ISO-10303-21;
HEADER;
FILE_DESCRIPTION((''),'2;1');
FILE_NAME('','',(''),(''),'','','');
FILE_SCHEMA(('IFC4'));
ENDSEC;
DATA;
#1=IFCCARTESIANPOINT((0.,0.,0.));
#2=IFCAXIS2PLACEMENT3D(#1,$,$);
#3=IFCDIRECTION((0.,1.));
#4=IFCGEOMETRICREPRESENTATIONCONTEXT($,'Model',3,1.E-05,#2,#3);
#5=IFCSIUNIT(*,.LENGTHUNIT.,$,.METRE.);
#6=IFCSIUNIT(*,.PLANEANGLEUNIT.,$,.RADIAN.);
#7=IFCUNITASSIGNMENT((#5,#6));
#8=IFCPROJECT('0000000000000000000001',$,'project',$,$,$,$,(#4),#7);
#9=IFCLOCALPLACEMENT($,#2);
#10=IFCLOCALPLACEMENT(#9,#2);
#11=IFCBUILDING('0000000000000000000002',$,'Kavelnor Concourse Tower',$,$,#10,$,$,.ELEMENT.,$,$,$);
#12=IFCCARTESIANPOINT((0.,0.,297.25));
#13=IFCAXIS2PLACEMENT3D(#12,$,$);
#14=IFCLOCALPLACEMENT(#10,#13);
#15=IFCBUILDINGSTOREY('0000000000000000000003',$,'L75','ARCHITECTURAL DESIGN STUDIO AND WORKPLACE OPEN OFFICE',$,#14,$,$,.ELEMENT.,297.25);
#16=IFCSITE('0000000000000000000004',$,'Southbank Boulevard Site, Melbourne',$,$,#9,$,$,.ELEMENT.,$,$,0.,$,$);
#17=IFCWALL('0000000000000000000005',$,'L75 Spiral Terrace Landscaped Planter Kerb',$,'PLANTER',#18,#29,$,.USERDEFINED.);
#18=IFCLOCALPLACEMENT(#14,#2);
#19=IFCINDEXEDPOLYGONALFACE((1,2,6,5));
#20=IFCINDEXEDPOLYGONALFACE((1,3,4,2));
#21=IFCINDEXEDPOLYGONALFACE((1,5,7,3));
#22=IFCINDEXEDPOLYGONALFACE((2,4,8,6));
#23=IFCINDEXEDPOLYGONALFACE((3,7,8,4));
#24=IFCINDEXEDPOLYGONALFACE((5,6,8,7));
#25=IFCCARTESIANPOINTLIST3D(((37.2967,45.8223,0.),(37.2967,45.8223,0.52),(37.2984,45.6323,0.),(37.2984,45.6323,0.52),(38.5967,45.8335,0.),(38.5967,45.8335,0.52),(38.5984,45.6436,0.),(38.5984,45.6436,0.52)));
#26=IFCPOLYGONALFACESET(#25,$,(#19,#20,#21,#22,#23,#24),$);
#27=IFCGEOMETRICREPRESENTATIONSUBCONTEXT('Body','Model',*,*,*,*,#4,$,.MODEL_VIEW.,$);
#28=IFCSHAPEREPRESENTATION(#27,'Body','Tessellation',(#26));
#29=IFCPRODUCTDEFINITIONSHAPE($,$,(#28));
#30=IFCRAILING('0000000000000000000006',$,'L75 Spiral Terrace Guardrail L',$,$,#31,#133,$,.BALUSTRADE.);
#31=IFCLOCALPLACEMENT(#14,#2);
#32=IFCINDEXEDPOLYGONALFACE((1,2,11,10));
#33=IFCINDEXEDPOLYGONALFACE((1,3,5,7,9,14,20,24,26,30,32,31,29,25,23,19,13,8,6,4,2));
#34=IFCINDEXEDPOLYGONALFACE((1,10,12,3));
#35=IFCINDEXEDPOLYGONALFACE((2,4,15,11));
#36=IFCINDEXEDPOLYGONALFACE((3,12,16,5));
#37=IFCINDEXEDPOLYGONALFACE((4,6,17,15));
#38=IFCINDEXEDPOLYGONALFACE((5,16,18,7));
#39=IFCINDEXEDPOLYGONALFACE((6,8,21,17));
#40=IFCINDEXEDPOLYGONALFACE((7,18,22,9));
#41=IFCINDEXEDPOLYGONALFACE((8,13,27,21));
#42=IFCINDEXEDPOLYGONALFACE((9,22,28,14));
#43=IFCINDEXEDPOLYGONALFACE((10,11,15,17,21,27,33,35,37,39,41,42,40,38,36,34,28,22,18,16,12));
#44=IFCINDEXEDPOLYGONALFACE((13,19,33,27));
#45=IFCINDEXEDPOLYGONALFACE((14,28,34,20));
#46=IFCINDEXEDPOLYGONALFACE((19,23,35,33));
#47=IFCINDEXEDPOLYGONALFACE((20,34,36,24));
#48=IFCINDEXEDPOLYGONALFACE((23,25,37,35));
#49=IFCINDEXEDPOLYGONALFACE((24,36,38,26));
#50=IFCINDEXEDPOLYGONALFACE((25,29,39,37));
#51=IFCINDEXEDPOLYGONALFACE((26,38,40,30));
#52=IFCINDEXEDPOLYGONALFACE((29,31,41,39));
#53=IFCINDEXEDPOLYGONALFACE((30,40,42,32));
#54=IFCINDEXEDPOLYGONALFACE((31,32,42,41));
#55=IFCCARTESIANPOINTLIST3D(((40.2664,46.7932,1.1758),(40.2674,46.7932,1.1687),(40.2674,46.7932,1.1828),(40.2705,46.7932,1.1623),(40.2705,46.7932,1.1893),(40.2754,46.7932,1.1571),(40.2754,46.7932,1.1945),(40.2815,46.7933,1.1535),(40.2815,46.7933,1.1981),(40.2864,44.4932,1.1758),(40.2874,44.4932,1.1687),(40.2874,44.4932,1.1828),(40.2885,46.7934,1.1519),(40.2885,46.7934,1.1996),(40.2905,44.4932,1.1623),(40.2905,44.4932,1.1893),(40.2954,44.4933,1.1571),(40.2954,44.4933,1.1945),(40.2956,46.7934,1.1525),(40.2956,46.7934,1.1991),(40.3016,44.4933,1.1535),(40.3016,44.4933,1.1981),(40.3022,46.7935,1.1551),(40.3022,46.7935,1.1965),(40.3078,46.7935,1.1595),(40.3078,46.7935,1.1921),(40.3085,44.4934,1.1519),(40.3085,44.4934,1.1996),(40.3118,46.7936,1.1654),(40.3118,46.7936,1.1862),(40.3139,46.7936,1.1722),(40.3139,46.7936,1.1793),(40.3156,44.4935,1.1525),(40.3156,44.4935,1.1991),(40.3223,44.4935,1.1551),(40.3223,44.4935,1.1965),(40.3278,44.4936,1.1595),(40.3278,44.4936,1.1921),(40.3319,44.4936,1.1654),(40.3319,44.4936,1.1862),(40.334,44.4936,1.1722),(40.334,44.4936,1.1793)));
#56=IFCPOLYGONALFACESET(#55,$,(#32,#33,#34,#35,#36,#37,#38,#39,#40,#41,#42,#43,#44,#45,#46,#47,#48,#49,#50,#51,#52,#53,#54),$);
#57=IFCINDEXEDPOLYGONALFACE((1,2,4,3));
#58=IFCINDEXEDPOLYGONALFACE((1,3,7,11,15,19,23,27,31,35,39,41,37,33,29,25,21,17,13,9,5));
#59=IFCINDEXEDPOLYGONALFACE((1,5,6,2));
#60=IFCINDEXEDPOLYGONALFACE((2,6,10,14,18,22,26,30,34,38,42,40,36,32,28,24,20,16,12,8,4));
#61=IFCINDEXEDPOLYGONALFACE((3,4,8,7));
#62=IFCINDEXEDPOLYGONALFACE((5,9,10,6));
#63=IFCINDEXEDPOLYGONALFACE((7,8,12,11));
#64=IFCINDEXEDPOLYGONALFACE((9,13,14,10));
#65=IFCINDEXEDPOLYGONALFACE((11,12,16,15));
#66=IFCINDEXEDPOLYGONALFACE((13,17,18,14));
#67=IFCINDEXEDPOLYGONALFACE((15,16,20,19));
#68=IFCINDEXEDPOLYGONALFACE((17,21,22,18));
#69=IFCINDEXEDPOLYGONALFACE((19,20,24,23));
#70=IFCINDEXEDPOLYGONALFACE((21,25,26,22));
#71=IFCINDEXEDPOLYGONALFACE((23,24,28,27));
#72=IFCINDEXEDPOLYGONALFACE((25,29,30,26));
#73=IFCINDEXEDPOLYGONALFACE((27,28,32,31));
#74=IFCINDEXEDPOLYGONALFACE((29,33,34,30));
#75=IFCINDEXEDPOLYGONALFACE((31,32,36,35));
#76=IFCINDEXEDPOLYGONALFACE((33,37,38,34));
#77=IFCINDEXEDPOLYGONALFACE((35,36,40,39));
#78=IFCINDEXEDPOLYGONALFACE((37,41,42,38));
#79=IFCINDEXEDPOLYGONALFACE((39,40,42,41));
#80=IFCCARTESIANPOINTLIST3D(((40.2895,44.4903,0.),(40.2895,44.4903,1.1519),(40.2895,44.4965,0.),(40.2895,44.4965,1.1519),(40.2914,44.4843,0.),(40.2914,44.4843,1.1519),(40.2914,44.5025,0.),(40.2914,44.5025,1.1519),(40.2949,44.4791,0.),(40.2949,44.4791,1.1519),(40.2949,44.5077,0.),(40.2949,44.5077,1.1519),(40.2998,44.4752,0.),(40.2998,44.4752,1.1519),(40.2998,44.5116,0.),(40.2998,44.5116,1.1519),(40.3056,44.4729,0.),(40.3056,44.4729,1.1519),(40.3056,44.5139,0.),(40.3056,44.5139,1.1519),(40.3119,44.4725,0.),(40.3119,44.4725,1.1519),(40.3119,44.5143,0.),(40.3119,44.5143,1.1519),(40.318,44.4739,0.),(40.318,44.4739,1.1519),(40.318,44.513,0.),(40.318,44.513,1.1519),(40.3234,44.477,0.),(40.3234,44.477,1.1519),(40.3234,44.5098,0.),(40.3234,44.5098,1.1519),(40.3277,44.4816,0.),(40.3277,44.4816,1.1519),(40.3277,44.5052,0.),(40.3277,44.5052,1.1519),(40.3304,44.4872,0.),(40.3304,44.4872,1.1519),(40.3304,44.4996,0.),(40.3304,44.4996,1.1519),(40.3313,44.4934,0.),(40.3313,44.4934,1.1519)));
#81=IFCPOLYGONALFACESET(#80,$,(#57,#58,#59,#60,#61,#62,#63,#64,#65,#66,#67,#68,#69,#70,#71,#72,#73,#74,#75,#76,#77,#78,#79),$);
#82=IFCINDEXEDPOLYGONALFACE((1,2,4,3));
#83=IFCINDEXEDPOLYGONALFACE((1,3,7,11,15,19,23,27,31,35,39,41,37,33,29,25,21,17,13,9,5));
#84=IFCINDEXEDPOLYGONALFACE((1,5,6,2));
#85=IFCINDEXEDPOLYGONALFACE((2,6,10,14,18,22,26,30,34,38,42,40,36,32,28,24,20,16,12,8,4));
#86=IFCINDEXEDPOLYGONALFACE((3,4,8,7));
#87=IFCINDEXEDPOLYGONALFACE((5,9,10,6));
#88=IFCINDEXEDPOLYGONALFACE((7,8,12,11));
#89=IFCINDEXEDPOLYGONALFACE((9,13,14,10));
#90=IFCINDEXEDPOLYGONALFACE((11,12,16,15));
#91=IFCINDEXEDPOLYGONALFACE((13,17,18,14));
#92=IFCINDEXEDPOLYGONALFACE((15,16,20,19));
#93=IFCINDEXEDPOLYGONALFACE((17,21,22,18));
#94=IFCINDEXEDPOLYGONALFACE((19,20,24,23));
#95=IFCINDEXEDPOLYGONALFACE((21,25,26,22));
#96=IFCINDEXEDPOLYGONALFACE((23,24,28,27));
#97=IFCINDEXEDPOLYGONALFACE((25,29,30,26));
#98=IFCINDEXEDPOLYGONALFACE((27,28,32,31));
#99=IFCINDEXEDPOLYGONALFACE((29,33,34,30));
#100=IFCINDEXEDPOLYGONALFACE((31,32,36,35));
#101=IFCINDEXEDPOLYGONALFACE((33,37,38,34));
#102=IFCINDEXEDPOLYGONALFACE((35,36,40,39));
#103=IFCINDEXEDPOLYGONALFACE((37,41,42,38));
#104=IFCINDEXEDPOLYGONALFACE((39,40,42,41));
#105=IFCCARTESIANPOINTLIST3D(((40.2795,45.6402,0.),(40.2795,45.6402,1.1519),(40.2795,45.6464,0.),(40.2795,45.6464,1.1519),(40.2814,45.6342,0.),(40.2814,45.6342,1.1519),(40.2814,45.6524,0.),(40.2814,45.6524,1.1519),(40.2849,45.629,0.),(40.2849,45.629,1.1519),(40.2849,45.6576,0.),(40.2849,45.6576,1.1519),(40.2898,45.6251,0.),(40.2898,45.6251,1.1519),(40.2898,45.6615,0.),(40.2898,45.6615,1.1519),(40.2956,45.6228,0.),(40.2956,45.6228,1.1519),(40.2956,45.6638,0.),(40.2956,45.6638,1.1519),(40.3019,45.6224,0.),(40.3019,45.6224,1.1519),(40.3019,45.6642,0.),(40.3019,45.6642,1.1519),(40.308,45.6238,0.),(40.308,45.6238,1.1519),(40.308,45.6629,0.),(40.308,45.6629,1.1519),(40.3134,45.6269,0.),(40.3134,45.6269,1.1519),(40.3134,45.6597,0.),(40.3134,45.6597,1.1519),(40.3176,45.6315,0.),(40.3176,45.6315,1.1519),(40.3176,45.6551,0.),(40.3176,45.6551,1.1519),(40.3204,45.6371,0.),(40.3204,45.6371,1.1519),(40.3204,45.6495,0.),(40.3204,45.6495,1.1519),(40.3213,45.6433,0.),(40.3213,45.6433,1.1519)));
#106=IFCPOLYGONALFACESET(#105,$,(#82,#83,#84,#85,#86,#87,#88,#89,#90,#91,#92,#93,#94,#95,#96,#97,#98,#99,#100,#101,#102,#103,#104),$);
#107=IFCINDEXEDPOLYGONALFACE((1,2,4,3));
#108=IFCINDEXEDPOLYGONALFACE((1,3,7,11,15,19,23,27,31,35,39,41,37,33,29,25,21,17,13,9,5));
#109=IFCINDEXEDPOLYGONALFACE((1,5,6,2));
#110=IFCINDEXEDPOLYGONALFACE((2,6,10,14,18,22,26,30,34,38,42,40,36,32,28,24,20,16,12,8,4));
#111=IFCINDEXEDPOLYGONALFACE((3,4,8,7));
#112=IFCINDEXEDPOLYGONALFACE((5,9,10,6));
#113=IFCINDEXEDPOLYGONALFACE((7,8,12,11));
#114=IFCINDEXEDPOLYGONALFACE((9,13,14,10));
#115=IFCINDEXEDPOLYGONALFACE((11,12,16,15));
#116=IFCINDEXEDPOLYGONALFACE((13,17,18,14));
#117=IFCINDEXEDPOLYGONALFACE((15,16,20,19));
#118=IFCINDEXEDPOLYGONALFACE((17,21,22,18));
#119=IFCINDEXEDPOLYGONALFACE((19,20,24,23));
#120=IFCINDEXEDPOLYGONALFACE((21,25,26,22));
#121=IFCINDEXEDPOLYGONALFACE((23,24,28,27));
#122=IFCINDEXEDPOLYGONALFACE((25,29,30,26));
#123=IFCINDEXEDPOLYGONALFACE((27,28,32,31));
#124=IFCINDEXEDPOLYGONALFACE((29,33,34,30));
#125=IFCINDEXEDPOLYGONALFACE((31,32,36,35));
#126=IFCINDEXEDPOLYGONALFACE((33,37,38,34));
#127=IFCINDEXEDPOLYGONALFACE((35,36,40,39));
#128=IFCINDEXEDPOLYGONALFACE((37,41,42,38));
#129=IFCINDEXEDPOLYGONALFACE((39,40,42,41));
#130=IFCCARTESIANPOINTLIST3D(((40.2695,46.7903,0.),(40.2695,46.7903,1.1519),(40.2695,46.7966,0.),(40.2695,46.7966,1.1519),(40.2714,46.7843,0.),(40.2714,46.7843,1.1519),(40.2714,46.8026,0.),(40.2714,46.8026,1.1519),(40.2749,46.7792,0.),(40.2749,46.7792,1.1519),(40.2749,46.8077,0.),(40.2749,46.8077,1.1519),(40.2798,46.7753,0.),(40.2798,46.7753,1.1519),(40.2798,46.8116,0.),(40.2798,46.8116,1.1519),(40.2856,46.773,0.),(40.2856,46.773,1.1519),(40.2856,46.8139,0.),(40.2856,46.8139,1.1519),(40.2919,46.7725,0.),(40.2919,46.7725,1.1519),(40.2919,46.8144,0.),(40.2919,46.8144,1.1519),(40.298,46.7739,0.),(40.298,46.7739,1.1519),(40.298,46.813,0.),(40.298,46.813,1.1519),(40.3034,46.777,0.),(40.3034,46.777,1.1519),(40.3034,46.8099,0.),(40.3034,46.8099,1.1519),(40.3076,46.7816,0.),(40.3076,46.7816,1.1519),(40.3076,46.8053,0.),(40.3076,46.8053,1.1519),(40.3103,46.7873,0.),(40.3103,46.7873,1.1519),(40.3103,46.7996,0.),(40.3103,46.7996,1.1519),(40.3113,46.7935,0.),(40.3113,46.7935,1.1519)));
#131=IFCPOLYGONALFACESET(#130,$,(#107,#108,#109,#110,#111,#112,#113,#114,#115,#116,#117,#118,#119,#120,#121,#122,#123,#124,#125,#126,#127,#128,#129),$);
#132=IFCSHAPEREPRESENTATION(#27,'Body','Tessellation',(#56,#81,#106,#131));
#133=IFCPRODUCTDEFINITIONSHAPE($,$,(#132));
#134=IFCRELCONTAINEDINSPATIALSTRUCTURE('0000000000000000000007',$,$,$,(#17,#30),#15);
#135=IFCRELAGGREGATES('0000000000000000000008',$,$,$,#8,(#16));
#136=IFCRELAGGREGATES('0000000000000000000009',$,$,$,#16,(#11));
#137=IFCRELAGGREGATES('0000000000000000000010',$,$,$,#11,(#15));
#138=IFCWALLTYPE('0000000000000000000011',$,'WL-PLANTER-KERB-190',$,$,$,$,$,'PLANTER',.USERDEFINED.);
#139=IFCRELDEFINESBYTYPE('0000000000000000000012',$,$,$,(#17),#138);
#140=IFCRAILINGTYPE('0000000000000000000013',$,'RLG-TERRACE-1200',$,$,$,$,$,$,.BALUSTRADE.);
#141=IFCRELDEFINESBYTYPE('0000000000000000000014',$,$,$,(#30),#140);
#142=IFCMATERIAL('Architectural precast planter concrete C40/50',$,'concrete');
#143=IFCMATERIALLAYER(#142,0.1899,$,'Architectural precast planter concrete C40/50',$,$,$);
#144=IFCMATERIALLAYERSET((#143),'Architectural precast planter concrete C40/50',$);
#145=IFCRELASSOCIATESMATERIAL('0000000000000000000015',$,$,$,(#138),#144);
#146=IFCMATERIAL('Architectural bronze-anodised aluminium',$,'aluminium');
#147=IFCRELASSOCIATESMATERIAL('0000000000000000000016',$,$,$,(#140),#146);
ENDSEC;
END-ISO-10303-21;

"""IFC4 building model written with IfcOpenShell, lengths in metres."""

from ifc_helpers import new_model, si_unit, direction, frame, frame_2d, origin, origin_2d, place, context, subcontext, project, spatial, rectangle, circle, extrude, material, layer, layer_set, type_object, element, save


model = new_model("IFC4")

# Units and contexts
model_context = context("Model", 3, precision=1e-05, world=origin(), true_north=direction((0.0, 1.0)))
body_context = subcontext(model_context, "Body", "Model", "MODEL_VIEW")
ifc_project = project(units=[si_unit("LENGTHUNIT", "METRE"), si_unit("PLANEANGLEUNIT", "RADIAN")], contexts=[model_context])

# Site, building, storey
site_placement = place(None, origin())
site = spatial("IfcSite", under=ifc_project, at=site_placement, Name="Southbank Boulevard Site, Melbourne", CompositionType="ELEMENT", RefElevation=0.0)
building_placement = place(site_placement, origin())
building = spatial("IfcBuilding", under=site, at=building_placement, Name="Kavelnor Concourse Tower", CompositionType="ELEMENT")
storey_placement = place(building_placement, frame((0.0, 0.0, 297.25)))
storey = spatial("IfcBuildingStorey", under=building, at=storey_placement, Name="L75", Description="ARCHITECTURAL DESIGN STUDIO AND WORKPLACE OPEN OFFICE", CompositionType="ELEMENT", Elevation=297.25)

# Wall
ifc_material_1 = material(Name="Architectural precast planter concrete C40/50", Category="concrete")
ifc_layer_1 = layer(ifc_material_1, 0.1899, Name="Architectural precast planter concrete C40/50")
ifc_layer_set_1 = layer_set([ifc_layer_1], Name="Architectural precast planter concrete C40/50")
wall_type_1 = type_object("IfcWallType", Name="WL-PLANTER-KERB-190", ElementType="PLANTER", PredefinedType="USERDEFINED", material=ifc_layer_set_1)
wall_1_placement = place(storey_placement, frame((38.5974, 45.7385, 0.0), z_axis=(0.0, 0.0, 1.0), x_axis=(-0.999963, -0.008638, 0.0)))
element("IfcWall", 1, at=wall_1_placement, inside=storey, type_object=wall_type_1, Name="L75 Spiral Terrace Landscaped Planter Kerb", ObjectType="PLANTER", PredefinedType="USERDEFINED", context=body_context, shape_type="SweptSolid", body=[
    extrude(rectangle(XDim=1.3, YDim=0.1899, at=frame_2d((0.6499, 0.0))), origin(), (0.0, 0.0, 1.0), 0.52),
])

# Railing
ifc_material_2 = material(Name="Architectural bronze-anodised aluminium", Category="aluminium")
railing_type = type_object("IfcRailingType", Name="RLG-TERRACE-1200", PredefinedType="BALUSTRADE", material=ifc_material_2)
railing_1_placement = place(storey_placement, frame((40.3103, 44.4934, 0.0)))
element("IfcRailing", 2, at=railing_1_placement, inside=storey, type_object=railing_type, Name="L75 Spiral Terrace Guardrail L", PredefinedType="BALUSTRADE", context=body_context, shape_type="SweptSolid", body=[
    extrude(circle(Radius=0.0239, at=origin_2d()), frame((0.0, 0.0, 1.1758), z_axis=(-0.008704, 0.999962, 0.0), x_axis=(-0.999962, -0.008704, 0.0)), (0.0, 0.0, 1.0), 2.3),
    extrude(circle(Radius=0.021, at=origin_2d()), origin(), (0.0, 0.0, 1.0), 1.1519),
    extrude(circle(Radius=0.021, at=origin_2d()), frame((-0.01, 1.1499, 0.0)), (0.0, 0.0, 1.0), 1.1519),
    extrude(circle(Radius=0.021, at=origin_2d()), frame((-0.02, 2.3, 0.0)), (0.0, 0.0, 1.0), 1.1519),
])

save(model, "model.ifc")
